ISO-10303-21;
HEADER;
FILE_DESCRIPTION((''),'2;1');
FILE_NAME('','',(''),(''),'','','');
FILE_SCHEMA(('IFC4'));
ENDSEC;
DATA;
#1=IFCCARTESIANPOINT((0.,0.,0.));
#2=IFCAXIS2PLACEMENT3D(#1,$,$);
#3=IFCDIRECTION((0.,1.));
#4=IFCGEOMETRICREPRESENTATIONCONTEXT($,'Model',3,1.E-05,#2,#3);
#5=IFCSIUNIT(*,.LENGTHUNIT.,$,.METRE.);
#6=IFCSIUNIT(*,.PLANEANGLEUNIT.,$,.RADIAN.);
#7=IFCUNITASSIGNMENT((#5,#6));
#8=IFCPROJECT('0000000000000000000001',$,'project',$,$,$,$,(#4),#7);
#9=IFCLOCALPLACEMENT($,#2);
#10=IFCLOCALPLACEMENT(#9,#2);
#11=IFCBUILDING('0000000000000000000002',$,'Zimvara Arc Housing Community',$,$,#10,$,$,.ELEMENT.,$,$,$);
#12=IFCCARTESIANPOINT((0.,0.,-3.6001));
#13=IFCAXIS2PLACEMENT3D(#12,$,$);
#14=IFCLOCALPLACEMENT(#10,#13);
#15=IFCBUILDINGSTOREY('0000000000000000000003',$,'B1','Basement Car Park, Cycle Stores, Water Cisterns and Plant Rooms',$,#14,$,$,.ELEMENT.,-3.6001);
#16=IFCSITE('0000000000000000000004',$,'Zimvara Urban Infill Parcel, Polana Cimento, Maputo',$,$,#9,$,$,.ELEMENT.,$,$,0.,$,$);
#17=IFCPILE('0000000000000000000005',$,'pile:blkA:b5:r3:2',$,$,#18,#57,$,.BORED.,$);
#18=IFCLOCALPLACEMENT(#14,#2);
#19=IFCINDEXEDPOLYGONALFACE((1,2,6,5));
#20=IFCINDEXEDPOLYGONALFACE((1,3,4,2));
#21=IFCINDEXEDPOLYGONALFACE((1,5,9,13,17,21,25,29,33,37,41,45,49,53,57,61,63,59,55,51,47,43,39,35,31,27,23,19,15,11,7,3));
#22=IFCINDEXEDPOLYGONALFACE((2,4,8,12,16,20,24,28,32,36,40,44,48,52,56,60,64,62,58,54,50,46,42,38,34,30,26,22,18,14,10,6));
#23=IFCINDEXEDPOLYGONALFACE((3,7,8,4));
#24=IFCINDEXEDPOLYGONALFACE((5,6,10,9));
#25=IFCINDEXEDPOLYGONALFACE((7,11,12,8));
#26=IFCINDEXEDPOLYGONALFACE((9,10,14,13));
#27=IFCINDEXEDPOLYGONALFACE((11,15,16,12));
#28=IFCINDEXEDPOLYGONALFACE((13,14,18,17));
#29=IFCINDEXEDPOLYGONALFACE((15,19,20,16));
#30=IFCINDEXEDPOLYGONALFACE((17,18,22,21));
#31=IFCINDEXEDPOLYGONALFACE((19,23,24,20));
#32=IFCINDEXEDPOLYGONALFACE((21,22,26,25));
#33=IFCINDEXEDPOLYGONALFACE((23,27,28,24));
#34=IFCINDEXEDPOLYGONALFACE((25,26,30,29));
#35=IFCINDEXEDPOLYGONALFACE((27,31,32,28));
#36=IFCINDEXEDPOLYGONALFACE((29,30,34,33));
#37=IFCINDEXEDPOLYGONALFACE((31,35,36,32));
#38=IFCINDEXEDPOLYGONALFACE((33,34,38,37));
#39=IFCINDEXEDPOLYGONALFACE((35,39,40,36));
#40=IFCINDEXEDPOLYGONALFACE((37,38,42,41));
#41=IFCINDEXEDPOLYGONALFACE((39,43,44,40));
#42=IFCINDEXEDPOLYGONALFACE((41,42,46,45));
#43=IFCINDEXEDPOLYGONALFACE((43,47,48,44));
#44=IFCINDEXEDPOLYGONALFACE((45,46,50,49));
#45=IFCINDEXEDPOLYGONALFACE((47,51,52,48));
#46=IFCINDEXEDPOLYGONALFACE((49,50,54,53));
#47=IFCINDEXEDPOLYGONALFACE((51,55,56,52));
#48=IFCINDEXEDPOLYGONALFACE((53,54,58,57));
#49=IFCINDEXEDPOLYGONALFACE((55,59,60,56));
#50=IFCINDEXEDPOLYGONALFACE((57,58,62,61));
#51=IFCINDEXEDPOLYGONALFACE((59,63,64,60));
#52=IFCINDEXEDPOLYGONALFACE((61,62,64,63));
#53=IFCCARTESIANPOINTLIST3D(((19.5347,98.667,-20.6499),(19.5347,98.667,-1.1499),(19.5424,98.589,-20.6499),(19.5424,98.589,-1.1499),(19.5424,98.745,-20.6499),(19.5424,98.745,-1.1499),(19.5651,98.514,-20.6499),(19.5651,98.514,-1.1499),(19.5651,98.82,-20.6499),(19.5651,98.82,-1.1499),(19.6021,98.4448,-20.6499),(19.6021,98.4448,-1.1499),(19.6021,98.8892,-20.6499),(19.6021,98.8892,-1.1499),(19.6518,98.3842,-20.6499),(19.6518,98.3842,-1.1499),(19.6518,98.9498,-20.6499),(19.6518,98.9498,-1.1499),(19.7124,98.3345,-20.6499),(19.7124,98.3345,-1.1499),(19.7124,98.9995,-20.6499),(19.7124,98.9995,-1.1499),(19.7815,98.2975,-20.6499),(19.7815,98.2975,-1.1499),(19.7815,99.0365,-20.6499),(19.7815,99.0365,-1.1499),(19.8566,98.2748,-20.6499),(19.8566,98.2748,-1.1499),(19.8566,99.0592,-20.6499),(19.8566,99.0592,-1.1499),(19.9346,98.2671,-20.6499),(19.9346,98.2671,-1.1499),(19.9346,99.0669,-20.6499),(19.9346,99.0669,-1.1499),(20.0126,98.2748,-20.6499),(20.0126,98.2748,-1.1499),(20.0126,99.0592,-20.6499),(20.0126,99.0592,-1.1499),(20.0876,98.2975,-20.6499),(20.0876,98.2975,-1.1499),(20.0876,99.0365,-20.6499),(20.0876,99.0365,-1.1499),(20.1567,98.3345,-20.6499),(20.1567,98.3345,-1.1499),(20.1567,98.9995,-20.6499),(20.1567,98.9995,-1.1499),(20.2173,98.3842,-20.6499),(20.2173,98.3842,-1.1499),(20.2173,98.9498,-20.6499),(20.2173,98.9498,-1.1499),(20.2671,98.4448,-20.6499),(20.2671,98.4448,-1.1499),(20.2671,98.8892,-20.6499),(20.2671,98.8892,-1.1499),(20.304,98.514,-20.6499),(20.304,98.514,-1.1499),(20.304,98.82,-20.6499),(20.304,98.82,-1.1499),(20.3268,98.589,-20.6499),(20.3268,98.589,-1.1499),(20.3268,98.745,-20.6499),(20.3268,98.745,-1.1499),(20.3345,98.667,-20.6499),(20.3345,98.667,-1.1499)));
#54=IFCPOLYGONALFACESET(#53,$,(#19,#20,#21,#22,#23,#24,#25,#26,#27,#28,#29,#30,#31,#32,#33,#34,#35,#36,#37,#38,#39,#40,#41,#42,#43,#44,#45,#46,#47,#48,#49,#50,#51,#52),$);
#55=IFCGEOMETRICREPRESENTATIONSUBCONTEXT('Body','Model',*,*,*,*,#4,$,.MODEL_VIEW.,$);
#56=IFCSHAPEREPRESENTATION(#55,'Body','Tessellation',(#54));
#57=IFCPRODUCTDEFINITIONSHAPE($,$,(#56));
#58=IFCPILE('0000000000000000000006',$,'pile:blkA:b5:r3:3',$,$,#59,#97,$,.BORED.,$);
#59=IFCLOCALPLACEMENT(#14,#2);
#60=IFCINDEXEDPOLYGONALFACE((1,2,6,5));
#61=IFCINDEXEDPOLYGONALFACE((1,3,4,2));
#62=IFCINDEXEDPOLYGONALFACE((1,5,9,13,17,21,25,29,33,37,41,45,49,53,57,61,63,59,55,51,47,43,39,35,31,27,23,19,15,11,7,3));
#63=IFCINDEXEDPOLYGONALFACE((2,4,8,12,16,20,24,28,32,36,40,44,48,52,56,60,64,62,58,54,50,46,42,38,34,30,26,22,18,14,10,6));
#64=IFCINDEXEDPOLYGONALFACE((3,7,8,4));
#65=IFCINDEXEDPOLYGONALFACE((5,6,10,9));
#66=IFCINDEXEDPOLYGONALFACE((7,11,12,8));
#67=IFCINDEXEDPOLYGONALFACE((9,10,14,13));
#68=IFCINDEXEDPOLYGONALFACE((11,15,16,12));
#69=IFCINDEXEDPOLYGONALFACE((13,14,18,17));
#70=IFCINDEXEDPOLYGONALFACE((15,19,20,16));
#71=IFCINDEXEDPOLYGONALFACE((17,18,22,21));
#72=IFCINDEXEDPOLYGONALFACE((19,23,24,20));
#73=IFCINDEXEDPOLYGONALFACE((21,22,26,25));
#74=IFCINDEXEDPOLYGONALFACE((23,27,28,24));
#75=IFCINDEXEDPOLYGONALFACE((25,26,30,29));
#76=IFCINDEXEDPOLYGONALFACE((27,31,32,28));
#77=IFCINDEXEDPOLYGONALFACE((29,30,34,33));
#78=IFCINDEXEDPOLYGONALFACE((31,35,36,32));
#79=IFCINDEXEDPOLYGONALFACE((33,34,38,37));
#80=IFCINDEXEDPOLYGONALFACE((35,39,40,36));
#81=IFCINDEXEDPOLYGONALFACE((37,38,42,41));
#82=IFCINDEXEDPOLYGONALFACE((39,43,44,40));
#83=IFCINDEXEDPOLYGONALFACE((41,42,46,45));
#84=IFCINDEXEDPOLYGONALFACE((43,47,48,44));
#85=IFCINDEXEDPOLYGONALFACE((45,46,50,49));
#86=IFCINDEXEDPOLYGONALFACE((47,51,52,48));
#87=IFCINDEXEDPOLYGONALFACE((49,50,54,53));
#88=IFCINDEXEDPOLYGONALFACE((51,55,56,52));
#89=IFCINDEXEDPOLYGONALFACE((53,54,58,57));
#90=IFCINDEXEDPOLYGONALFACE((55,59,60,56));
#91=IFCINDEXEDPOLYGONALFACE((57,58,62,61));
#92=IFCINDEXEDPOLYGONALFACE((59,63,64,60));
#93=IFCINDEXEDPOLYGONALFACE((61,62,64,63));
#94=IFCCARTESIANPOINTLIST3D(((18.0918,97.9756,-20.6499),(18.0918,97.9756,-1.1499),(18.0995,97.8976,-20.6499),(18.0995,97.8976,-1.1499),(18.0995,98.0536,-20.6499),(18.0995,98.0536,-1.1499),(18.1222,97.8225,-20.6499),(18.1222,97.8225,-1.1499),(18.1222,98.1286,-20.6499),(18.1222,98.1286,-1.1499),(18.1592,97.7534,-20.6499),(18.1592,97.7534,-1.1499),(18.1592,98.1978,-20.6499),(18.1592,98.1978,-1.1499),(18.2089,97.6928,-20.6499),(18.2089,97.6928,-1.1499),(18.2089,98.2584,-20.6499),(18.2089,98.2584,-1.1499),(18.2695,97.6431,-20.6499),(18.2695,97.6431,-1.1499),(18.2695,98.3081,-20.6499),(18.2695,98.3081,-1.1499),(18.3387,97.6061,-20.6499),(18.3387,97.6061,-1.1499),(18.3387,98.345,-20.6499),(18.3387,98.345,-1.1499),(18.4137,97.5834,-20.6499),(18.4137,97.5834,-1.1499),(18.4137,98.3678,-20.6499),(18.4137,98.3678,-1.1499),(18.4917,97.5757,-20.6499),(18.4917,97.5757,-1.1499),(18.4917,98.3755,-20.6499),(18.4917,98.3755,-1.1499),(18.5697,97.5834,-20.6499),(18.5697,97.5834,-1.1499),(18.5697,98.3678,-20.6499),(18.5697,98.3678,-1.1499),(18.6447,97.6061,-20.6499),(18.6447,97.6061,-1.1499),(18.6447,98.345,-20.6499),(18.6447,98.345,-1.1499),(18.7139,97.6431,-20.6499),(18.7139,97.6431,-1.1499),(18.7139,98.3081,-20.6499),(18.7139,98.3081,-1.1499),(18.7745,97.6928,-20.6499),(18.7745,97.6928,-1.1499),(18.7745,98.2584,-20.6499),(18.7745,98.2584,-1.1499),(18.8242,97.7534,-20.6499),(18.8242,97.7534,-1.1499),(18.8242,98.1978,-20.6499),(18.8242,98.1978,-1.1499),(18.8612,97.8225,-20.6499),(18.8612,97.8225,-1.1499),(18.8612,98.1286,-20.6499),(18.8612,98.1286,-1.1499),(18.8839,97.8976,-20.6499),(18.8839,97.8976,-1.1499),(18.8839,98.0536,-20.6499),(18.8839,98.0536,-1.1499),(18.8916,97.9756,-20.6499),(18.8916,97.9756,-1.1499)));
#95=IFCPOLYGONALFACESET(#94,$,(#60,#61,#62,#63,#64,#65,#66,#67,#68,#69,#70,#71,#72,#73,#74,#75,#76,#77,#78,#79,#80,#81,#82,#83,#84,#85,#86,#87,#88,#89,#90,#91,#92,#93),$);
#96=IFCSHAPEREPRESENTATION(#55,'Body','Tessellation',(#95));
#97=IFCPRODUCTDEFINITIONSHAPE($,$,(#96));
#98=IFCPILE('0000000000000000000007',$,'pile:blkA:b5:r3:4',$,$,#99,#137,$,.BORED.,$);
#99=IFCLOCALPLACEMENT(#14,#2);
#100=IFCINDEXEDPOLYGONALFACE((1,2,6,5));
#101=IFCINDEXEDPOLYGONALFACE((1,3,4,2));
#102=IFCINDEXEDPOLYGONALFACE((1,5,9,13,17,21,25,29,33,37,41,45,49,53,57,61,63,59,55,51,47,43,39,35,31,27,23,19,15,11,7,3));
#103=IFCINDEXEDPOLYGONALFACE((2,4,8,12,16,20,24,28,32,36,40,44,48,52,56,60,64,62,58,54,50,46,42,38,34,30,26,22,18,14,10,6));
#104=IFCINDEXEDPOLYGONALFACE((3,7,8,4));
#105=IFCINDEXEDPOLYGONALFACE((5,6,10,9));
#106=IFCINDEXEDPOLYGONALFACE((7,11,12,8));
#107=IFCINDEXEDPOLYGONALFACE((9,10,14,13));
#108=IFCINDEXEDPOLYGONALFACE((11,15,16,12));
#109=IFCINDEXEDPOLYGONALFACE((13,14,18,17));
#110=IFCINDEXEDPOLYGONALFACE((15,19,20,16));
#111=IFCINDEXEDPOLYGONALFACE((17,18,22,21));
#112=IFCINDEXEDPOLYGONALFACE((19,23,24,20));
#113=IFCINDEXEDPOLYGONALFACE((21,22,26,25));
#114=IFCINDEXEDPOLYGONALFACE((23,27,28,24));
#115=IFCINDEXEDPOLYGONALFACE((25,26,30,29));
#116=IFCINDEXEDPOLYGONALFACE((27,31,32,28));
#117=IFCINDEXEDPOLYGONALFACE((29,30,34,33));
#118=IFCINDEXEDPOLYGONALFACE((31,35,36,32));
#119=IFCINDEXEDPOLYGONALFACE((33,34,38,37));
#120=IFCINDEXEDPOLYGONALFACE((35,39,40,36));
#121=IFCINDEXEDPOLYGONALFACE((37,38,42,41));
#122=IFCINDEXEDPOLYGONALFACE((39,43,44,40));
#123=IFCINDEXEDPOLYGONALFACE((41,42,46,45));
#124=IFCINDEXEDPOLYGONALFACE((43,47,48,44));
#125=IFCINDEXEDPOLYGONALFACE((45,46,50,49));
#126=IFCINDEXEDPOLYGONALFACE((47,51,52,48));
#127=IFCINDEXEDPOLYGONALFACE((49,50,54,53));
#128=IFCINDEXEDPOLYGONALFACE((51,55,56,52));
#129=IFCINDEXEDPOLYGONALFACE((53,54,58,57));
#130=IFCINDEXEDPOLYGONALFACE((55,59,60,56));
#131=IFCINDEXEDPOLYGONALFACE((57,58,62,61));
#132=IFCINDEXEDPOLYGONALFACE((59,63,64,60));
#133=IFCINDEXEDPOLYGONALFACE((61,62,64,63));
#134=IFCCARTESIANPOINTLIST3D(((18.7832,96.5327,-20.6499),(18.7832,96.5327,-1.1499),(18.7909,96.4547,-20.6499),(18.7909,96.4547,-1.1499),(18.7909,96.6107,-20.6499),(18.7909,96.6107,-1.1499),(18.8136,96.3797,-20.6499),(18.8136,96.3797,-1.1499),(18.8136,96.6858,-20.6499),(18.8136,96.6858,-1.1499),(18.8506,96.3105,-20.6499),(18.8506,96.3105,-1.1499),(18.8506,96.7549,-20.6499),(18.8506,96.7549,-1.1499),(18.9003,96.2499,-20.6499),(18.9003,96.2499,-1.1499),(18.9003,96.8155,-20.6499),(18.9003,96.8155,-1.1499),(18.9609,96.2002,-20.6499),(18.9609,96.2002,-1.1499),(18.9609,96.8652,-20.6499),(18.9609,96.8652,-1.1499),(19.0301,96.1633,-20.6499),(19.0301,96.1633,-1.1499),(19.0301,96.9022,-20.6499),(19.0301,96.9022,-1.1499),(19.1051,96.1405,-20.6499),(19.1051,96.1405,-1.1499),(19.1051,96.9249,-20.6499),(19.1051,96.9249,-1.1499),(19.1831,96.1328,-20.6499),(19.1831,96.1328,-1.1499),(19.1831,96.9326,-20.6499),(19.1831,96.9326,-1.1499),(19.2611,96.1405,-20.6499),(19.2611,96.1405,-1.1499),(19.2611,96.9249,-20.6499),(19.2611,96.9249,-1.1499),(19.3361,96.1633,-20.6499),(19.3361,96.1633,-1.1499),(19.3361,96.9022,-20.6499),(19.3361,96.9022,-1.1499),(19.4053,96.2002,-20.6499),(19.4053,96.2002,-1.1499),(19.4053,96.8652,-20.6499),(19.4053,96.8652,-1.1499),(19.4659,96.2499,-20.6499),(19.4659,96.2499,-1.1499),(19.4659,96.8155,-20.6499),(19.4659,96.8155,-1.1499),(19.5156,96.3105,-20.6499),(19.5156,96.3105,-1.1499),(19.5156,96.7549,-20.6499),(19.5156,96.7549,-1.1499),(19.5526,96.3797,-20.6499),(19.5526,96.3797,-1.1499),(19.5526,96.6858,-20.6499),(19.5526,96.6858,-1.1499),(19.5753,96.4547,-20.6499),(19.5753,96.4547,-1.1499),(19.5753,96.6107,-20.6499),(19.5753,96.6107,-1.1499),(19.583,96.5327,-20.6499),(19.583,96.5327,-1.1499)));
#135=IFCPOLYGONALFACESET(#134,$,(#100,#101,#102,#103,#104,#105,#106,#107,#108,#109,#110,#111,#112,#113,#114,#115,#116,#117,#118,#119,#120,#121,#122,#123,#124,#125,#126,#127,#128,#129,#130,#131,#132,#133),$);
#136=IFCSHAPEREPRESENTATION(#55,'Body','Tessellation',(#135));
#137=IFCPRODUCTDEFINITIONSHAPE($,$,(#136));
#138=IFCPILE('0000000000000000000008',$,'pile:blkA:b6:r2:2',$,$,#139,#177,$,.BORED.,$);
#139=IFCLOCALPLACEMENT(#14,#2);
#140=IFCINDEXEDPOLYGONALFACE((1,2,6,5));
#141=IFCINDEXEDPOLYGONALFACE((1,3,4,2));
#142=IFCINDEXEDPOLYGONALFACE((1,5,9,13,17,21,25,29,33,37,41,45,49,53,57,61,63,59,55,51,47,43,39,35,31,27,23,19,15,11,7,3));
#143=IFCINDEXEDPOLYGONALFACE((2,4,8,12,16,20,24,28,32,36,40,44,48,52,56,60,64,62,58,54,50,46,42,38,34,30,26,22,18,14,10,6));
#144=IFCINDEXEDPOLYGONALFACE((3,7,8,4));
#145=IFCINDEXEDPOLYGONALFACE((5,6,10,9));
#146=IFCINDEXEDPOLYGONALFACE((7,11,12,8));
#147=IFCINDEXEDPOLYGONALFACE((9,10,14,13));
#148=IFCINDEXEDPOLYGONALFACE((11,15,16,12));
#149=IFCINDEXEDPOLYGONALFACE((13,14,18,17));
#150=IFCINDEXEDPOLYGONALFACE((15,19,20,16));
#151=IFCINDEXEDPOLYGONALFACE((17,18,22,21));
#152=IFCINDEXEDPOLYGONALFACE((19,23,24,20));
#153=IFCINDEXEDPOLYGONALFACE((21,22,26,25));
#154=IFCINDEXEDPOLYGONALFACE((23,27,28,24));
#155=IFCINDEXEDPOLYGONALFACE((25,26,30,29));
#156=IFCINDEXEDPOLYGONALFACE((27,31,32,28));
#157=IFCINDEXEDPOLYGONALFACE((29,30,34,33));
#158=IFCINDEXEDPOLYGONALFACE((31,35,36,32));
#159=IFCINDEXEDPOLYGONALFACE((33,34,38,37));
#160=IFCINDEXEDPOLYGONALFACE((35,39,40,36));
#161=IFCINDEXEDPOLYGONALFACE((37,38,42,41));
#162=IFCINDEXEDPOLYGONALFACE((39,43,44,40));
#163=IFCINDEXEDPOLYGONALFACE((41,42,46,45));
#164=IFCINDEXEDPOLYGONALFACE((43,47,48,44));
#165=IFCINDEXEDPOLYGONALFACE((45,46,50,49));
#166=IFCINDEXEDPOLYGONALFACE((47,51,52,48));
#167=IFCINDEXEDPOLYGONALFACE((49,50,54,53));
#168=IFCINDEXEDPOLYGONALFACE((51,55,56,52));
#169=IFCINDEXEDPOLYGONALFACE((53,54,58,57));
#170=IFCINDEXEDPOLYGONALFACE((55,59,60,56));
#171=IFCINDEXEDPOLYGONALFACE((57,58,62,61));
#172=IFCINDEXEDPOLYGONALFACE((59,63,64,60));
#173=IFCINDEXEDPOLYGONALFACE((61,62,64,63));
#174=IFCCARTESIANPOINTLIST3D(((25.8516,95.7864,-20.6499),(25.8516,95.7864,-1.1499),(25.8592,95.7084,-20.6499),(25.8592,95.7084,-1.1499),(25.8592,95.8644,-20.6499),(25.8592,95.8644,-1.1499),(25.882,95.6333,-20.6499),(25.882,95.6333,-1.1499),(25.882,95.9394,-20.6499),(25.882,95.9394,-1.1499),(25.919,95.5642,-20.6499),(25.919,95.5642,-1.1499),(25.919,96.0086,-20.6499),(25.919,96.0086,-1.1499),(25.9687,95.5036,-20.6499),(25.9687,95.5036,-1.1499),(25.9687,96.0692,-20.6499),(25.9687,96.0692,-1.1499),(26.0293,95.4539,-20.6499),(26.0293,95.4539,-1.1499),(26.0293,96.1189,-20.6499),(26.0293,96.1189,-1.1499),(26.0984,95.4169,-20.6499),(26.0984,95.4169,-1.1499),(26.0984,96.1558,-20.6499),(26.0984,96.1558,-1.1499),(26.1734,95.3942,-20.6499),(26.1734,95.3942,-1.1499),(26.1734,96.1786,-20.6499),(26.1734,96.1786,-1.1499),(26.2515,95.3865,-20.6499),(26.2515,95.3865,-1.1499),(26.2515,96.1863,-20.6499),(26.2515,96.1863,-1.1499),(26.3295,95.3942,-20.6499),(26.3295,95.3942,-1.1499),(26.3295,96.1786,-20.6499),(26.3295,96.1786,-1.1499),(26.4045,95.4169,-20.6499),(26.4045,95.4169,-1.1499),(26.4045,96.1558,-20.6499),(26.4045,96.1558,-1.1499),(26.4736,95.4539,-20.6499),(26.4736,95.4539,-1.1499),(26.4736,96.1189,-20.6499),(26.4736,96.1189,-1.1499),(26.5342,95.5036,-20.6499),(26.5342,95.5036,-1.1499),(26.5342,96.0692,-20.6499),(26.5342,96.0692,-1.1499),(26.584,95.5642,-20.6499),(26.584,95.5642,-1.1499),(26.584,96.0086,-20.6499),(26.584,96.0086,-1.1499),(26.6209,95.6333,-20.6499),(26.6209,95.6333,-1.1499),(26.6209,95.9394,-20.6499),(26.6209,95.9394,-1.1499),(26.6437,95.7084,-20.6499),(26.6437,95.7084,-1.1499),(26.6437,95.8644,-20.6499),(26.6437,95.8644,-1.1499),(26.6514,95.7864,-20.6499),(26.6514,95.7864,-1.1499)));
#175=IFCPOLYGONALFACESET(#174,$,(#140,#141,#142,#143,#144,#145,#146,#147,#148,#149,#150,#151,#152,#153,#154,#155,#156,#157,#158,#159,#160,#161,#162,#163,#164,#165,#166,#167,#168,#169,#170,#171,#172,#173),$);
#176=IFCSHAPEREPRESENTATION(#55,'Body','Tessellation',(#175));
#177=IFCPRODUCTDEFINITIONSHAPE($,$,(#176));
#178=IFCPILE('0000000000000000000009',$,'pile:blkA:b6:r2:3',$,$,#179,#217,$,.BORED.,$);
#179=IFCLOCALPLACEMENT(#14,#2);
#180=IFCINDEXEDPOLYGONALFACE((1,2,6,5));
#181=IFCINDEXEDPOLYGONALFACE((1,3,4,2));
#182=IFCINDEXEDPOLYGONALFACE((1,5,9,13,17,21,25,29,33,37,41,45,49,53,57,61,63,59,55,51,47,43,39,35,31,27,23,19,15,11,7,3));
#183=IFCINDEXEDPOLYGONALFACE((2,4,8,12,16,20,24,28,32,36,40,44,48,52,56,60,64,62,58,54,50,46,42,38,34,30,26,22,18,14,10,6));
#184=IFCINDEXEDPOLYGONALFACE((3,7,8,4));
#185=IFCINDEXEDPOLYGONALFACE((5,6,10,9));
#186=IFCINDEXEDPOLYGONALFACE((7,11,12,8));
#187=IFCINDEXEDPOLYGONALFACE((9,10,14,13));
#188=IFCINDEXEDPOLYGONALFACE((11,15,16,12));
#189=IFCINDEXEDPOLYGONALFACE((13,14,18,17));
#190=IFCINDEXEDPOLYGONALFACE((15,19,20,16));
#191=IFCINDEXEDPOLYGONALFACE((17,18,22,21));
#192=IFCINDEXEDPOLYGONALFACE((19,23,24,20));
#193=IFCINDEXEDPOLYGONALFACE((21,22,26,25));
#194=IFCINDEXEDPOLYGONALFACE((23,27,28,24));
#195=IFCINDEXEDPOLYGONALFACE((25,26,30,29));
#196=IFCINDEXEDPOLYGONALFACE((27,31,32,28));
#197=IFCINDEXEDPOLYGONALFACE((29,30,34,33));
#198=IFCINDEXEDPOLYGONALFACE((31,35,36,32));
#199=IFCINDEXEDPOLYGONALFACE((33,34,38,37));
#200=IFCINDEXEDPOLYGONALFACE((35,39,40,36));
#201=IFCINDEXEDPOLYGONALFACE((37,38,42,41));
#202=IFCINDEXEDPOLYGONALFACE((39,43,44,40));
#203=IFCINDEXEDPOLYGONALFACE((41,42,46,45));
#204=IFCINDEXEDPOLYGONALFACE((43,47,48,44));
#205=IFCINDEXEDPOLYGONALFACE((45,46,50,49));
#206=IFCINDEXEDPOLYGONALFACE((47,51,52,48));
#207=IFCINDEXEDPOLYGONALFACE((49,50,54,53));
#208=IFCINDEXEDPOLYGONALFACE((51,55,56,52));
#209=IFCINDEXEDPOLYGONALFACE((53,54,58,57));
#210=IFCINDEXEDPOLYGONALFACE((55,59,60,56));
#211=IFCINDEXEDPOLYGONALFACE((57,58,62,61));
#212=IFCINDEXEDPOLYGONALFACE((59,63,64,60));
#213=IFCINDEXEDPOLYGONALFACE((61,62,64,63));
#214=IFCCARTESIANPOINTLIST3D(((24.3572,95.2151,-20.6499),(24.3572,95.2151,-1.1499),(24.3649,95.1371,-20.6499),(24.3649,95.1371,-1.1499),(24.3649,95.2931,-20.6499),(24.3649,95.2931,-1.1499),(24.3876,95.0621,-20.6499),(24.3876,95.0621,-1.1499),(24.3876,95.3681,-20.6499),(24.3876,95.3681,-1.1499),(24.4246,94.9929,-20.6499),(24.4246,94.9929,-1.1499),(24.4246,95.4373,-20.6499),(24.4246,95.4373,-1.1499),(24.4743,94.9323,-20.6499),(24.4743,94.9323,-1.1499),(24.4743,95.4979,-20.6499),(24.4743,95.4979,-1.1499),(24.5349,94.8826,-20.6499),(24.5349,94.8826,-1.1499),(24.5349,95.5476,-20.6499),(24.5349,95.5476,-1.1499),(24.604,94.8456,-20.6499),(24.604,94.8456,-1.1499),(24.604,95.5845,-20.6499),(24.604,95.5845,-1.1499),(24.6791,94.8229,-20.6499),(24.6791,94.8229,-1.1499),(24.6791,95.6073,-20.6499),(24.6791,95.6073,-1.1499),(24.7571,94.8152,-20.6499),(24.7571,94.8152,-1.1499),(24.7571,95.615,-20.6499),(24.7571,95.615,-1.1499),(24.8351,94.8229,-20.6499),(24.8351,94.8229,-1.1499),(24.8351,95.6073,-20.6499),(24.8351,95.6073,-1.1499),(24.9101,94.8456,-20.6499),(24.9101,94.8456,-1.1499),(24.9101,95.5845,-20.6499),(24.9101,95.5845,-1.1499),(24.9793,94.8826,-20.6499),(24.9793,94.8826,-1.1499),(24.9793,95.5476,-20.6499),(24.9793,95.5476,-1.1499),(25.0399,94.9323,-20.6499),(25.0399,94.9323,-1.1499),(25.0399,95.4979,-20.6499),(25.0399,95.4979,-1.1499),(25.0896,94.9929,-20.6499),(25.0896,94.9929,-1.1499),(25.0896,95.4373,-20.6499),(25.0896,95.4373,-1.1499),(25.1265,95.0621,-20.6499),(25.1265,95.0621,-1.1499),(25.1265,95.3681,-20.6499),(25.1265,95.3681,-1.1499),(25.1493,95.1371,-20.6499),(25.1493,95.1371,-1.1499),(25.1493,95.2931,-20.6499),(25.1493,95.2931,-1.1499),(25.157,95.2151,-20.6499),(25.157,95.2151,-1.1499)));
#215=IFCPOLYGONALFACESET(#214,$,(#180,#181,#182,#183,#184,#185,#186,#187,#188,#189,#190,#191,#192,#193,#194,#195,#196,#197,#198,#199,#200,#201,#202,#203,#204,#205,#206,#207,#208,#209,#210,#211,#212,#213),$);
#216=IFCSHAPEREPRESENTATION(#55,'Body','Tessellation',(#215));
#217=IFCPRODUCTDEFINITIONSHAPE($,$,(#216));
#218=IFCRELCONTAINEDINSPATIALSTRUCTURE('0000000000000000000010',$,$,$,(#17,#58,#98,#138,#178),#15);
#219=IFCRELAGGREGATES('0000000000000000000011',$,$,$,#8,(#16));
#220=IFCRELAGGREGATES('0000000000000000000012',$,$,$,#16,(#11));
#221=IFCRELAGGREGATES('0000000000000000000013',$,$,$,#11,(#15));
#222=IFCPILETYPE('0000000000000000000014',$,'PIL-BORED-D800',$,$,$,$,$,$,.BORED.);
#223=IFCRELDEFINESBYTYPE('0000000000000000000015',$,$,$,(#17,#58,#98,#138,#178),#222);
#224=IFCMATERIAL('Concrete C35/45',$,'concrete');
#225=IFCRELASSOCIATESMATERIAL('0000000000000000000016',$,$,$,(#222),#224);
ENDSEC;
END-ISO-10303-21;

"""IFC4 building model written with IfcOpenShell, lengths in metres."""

from ifc_helpers import new_model, si_unit, direction, frame, origin, origin_2d, place, context, subcontext, project, spatial, circle, extrude, material, material_profile, profile_set, type_object, element, save


model = new_model("IFC4")

# Units and contexts
model_context = context("Model", 3, precision=1e-05, world=origin(), true_north=direction((0.0, 1.0)))
body_context = subcontext(model_context, "Body", "Model", "MODEL_VIEW")
ifc_project = project(units=[si_unit("LENGTHUNIT", "METRE"), si_unit("PLANEANGLEUNIT", "RADIAN")], contexts=[model_context])

# Site, building, storey
site_placement = place(None, origin())
site = spatial("IfcSite", under=ifc_project, at=site_placement, Name="Zimvara Urban Infill Parcel, Polana Cimento, Maputo", CompositionType="ELEMENT", RefElevation=0.0)
building_placement = place(site_placement, origin())
building = spatial("IfcBuilding", under=site, at=building_placement, Name="Zimvara Arc Housing Community", CompositionType="ELEMENT")
storey_placement = place(building_placement, frame((0.0, 0.0, -3.6001)))
storey = spatial("IfcBuildingStorey", under=building, at=storey_placement, Name="B1", Description="Basement Car Park, Cycle Stores, Water Cisterns and Plant Rooms", CompositionType="ELEMENT", Elevation=-3.6001)

# Piles
ifc_material_1 = material(Name="Concrete C35/45", Category="concrete")
ifc_material_profile_1 = material_profile(ifc_material_1, circle(Radius=0.3999, at=origin_2d()), Name="PILE D800")
ifc_profile_set_1 = profile_set([ifc_material_profile_1], Name="Concrete C35/45")
pile_type = type_object("IfcPileType", Name="PIL-BORED-D800", PredefinedType="BORED", material=ifc_profile_set_1)
for number, where, z_axis, x_axis, name in (
    (1, (19.9346, 98.667, -1.1499), (0.0, 0.0, -1.0), (1.0, 0.0, 0.0), "pile:blkA:b5:r3:2"),
    (2, (18.4917, 97.9756, -1.1499), (0.0, 0.0, -1.0), (1.0, 0.0, 0.0), "pile:blkA:b5:r3:3"),
    (3, (19.1831, 96.5327, -1.1499), (0.0, 0.0, -1.0), (1.0, 0.0, 0.0), "pile:blkA:b5:r3:4"),
    (4, (26.2515, 95.7864, -1.1499), (0.0, 0.0, -1.0), (1.0, 0.0, 0.0), "pile:blkA:b6:r2:2"),
    (5, (24.7571, 95.2151, -1.1499), (0.0, 0.0, -1.0), (1.0, 0.0, 0.0), "pile:blkA:b6:r2:3"),
):
    element("IfcPile", number, at=place(storey_placement, frame(where, z_axis=z_axis, x_axis=x_axis)), inside=storey, type_object=pile_type, Name=name, PredefinedType="BORED", context=body_context, shape_type="SweptSolid", body=[
        extrude(circle(Radius=0.3999, at=origin_2d()), origin(), (0.0, 0.0, 1.0), 19.5),
    ])

save(model, "model.ifc")
